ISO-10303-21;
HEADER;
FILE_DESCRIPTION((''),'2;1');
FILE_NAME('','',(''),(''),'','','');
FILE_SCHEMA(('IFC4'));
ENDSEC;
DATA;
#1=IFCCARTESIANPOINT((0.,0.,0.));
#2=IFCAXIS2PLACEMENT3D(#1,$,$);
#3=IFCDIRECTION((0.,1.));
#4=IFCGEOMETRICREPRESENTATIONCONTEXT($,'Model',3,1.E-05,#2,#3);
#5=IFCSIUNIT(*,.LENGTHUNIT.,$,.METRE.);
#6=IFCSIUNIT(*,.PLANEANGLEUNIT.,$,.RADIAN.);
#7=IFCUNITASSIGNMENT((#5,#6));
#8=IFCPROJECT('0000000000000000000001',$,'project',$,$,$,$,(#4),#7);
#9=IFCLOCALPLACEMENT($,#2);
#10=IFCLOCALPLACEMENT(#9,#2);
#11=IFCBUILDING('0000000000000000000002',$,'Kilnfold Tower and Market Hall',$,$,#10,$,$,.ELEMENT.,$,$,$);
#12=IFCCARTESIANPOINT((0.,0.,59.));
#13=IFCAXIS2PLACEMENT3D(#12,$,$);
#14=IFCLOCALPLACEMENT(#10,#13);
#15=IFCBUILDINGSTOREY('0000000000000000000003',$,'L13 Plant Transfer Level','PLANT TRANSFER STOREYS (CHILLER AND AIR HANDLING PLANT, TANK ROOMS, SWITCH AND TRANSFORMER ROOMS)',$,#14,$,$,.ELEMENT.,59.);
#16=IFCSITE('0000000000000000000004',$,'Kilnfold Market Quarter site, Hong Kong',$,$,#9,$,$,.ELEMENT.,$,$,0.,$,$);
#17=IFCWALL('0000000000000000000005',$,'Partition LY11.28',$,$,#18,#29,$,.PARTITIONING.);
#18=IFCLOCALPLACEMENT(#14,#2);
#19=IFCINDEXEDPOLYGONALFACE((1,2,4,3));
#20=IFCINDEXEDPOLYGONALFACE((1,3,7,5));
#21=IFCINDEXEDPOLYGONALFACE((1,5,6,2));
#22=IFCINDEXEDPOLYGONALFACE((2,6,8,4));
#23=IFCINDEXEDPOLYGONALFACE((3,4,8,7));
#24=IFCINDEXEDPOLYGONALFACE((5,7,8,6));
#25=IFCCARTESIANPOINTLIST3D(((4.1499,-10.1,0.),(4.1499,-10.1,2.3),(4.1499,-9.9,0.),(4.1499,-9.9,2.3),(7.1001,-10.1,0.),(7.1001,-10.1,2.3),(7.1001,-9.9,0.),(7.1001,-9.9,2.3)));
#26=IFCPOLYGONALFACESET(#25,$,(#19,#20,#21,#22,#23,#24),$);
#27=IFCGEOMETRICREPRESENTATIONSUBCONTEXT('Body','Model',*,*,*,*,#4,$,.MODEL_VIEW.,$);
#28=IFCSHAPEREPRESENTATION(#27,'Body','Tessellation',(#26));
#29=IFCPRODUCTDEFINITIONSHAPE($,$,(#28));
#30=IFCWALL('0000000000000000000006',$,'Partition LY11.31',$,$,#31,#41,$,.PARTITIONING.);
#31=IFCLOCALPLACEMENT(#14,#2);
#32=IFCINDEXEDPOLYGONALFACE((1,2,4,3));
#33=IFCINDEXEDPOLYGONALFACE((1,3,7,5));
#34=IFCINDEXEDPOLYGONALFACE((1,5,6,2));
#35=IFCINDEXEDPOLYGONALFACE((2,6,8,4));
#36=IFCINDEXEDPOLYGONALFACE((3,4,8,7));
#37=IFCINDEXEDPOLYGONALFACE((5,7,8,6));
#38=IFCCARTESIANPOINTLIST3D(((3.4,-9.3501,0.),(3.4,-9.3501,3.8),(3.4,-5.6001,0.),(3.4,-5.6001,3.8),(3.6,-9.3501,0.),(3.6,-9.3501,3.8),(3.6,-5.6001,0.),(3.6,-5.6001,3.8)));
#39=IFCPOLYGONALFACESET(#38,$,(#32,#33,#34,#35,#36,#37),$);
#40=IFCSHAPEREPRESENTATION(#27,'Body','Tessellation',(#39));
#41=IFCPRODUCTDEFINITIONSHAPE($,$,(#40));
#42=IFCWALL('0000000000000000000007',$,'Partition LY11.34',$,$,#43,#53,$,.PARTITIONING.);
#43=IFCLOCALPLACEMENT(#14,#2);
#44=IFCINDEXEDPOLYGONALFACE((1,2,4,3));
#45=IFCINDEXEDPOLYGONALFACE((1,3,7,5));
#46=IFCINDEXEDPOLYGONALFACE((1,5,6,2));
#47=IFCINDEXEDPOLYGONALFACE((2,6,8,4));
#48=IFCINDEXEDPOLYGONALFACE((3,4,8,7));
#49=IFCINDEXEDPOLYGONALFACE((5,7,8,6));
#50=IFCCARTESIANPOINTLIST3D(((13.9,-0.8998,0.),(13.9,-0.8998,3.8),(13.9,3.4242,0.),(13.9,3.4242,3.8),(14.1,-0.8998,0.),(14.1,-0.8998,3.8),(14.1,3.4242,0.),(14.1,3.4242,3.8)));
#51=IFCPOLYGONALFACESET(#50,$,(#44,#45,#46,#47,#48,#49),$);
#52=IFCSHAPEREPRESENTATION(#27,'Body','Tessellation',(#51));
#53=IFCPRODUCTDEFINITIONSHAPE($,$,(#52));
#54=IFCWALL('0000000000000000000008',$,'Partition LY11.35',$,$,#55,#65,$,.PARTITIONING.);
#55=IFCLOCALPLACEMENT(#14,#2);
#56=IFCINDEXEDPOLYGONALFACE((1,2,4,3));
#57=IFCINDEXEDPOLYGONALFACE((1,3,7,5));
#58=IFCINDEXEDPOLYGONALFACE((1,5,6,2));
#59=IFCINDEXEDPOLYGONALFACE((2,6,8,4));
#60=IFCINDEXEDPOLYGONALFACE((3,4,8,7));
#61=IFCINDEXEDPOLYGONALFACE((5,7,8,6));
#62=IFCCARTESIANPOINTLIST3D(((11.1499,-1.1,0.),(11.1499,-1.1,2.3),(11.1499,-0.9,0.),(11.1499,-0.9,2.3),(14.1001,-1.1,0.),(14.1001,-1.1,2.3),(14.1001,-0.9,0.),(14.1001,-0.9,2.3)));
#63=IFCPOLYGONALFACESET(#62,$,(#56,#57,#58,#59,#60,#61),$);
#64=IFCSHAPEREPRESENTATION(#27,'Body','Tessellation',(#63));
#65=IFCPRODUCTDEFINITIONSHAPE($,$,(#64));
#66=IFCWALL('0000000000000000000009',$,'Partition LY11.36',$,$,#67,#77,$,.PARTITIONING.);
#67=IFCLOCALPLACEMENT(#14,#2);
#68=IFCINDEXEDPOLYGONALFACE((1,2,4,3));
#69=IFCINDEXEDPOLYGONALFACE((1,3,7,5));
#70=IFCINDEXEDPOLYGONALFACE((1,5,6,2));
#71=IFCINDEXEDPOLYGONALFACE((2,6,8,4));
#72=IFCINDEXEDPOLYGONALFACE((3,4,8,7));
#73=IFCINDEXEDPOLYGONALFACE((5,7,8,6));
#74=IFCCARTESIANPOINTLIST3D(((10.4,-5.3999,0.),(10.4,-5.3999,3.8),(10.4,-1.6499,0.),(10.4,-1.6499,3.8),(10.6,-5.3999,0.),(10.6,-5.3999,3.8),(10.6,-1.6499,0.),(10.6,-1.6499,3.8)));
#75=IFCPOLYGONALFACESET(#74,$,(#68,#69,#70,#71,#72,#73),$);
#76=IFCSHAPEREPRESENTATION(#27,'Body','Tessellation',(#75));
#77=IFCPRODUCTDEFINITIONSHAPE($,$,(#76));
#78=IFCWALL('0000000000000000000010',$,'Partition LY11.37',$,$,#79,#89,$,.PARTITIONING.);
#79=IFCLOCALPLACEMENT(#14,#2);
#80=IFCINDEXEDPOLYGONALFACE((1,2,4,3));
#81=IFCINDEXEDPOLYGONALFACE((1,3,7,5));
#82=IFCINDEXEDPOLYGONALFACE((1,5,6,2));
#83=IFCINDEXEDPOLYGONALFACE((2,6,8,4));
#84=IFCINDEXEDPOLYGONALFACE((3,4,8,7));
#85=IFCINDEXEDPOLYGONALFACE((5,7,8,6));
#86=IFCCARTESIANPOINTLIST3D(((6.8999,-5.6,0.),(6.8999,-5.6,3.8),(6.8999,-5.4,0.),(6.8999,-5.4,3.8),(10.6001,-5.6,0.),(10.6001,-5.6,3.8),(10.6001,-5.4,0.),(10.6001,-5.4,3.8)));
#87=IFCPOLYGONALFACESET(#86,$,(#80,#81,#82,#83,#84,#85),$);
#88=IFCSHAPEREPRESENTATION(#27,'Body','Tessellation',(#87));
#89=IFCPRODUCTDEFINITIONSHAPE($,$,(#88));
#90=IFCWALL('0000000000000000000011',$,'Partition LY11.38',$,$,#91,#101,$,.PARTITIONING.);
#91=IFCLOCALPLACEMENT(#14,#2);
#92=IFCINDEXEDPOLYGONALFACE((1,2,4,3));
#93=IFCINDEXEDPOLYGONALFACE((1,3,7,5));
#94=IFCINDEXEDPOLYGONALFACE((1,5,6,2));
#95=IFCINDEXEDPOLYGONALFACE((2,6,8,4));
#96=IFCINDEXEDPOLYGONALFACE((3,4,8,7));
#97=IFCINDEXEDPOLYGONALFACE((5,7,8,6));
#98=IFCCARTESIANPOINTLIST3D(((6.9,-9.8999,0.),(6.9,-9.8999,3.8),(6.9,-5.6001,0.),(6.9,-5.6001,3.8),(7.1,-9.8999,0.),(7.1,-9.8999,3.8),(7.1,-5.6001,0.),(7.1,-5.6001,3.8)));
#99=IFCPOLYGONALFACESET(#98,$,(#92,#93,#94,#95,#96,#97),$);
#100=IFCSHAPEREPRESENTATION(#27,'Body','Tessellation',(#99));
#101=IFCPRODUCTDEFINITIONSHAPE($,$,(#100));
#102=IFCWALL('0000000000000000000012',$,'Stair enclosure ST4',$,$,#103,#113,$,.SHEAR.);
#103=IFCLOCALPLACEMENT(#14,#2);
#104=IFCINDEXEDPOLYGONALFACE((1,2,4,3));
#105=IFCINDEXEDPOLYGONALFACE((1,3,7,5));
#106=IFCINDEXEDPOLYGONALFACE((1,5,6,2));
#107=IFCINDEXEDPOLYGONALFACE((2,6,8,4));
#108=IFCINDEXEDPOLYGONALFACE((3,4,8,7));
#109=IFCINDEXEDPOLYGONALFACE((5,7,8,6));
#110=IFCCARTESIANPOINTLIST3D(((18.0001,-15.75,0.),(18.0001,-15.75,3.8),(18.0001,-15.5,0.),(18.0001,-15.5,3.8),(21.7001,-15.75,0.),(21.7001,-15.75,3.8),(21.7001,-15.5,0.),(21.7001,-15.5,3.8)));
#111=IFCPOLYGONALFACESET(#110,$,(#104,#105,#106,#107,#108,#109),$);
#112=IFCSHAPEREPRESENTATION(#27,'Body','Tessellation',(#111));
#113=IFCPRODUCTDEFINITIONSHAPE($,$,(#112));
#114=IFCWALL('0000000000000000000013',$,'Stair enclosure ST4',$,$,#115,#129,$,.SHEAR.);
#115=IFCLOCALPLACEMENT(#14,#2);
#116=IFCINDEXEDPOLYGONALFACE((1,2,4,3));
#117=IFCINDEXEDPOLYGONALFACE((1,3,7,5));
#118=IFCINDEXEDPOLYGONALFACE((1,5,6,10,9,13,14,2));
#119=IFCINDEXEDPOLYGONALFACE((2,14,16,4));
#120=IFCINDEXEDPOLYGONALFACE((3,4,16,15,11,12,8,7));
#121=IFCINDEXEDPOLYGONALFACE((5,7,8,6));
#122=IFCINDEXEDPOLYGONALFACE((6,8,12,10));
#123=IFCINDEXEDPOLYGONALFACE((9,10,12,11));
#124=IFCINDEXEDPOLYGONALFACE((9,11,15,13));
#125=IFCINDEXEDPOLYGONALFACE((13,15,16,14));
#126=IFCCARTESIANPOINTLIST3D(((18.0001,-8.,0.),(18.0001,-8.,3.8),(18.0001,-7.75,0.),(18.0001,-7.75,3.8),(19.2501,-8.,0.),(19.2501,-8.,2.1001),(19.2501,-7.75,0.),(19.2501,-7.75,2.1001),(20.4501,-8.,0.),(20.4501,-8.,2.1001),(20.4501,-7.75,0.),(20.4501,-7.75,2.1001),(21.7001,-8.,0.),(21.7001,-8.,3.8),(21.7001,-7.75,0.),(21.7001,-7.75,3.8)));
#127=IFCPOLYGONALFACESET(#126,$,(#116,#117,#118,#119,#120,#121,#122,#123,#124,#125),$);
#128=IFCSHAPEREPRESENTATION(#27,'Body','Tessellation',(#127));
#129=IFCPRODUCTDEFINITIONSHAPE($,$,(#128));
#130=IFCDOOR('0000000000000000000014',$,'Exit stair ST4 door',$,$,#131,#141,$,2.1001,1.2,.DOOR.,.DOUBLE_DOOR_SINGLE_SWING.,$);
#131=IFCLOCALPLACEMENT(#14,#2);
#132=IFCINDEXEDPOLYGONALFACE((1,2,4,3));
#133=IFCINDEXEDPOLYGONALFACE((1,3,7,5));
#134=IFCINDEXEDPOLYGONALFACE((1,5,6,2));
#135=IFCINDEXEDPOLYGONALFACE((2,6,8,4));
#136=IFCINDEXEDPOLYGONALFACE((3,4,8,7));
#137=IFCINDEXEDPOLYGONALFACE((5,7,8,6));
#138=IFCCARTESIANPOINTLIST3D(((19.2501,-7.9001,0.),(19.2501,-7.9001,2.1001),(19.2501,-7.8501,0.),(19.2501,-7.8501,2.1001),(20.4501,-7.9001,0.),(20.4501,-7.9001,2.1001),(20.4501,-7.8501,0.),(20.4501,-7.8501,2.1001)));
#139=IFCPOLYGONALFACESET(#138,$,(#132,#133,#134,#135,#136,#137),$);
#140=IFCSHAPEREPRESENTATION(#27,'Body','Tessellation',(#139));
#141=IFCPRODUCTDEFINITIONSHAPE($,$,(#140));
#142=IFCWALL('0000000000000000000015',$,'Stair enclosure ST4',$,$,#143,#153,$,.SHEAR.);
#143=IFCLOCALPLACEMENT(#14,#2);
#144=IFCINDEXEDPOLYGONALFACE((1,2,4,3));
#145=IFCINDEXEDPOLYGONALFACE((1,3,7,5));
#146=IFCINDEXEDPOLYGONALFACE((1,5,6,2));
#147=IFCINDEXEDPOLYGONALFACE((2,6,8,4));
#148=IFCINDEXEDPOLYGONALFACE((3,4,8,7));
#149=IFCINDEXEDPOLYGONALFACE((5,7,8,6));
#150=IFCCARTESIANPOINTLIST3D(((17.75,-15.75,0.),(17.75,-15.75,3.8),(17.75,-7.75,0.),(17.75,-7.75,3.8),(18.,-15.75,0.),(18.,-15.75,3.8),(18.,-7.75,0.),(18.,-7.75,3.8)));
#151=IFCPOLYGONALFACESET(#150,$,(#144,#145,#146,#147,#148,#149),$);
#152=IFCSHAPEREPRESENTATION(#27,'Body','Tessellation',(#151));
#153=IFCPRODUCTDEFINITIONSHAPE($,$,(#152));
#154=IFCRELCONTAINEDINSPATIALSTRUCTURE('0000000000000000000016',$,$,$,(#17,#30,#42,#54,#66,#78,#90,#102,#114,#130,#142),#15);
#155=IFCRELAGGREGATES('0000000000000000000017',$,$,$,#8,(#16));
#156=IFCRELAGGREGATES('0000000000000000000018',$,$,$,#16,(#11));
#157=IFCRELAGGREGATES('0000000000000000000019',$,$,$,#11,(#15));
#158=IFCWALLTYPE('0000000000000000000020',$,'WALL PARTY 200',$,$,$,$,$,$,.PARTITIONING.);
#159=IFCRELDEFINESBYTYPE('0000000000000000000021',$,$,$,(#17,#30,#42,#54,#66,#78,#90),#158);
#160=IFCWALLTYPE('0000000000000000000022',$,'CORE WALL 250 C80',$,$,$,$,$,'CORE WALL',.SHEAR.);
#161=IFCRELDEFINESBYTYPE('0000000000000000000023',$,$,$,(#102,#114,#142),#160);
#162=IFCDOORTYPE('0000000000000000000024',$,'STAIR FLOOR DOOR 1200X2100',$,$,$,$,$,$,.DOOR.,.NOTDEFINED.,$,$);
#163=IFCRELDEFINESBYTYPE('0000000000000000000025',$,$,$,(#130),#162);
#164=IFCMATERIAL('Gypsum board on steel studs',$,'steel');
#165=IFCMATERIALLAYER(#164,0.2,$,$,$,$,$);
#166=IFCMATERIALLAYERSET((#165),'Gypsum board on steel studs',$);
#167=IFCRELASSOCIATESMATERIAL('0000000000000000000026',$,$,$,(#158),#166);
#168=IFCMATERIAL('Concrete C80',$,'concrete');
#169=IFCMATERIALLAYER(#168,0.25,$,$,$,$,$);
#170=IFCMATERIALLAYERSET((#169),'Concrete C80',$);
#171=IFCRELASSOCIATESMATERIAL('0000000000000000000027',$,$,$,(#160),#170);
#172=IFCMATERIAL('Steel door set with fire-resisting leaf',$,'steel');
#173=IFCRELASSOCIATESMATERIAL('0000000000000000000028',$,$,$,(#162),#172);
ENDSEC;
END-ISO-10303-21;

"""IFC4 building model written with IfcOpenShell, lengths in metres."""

from ifc_helpers import new_model, si_unit, direction, frame, frame_2d, origin, place, context, subcontext, project, spatial, rectangle, extrude, source, transform, mapped, material, layer, layer_set, type_object, element, fill, save


model = new_model("IFC4")

# Units and contexts
model_context = context("Model", 3, precision=1e-05, world=origin(), true_north=direction((0.0, 1.0)))
body_context = subcontext(model_context, "Body", "Model", "MODEL_VIEW")
ifc_project = project(units=[si_unit("LENGTHUNIT", "METRE"), si_unit("PLANEANGLEUNIT", "RADIAN")], contexts=[model_context])

# Site, building, storey
site_placement = place(None, origin())
site = spatial("IfcSite", under=ifc_project, at=site_placement, Name="Kilnfold Market Quarter site, Hong Kong", CompositionType="ELEMENT", RefElevation=0.0)
building_placement = place(site_placement, origin())
building = spatial("IfcBuilding", under=site, at=building_placement, Name="Kilnfold Tower and Market Hall", CompositionType="ELEMENT")
storey_placement = place(building_placement, frame((0.0, 0.0, 59.0)))
storey = spatial("IfcBuildingStorey", under=building, at=storey_placement, Name="L13 Plant Transfer Level", Description="PLANT TRANSFER STOREYS (CHILLER AND AIR HANDLING PLANT, TANK ROOMS, SWITCH AND TRANSFORMER ROOMS)", CompositionType="ELEMENT", Elevation=59.0)

# Walls
ifc_material_1 = material(Name="Gypsum board on steel studs", Category="steel")
ifc_layer_1 = layer(ifc_material_1, 0.2)
ifc_layer_set_1 = layer_set([ifc_layer_1], Name="Gypsum board on steel studs")
wall_type_1 = type_object("IfcWallType", Name="WALL PARTY 200", PredefinedType="PARTITIONING", material=ifc_layer_set_1)
wall_1_placement = place(storey_placement, frame((4.1499, -10.0, 0.0), z_axis=(0.0, 0.0, 1.0), x_axis=(1.0, 0.0, 0.0)))
element("IfcWall", 1, at=wall_1_placement, inside=storey, type_object=wall_type_1, Name="Partition LY11.28", PredefinedType="PARTITIONING", context=body_context, shape_type="SweptSolid", body=[
    extrude(rectangle(XDim=2.9502, YDim=0.2, at=frame_2d((1.4751, 0.0))), origin(), (0.0, 0.0, 1.0), 2.3),
])
wall_2_placement = place(storey_placement, frame((3.5, -9.3501, 0.0), z_axis=(0.0, 0.0, 1.0), x_axis=(0.0, 1.0, 0.0)))
element("IfcWall", 2, at=wall_2_placement, inside=storey, type_object=wall_type_1, Name="Partition LY11.31", PredefinedType="PARTITIONING", context=body_context, shape_type="SweptSolid", body=[
    extrude(rectangle(XDim=3.75, YDim=0.2, at=frame_2d((1.875, 0.0))), origin(), (0.0, 0.0, 1.0), 3.8),
])
wall_3_placement = place(storey_placement, frame((14.0, -0.8999, 0.0), z_axis=(0.0, 0.0, 1.0), x_axis=(0.0, 1.0, 0.0)))
element("IfcWall", 3, at=wall_3_placement, inside=storey, type_object=wall_type_1, Name="Partition LY11.34", PredefinedType="PARTITIONING", context=body_context, shape_type="SweptSolid", body=[
    extrude(rectangle(XDim=4.324, YDim=0.2, at=frame_2d((2.1621, 0.0))), origin(), (0.0, 0.0, 1.0), 3.8),
])
wall_4_placement = place(storey_placement, frame((11.1499, -1.0, 0.0), z_axis=(0.0, 0.0, 1.0), x_axis=(1.0, 0.0, 0.0)))
element("IfcWall", 4, at=wall_4_placement, inside=storey, type_object=wall_type_1, Name="Partition LY11.35", PredefinedType="PARTITIONING", context=body_context, shape_type="SweptSolid", body=[
    extrude(rectangle(XDim=2.9502, YDim=0.2, at=frame_2d((1.4751, 0.0))), origin(), (0.0, 0.0, 1.0), 2.3),
])
wall_5_placement = place(storey_placement, frame((10.5, -5.3999, 0.0), z_axis=(0.0, 0.0, 1.0), x_axis=(0.0, 1.0, 0.0)))
element("IfcWall", 5, at=wall_5_placement, inside=storey, type_object=wall_type_1, Name="Partition LY11.36", PredefinedType="PARTITIONING", context=body_context, shape_type="SweptSolid", body=[
    extrude(rectangle(XDim=3.75, YDim=0.2, at=frame_2d((1.875, 0.0))), origin(), (0.0, 0.0, 1.0), 3.8),
])
wall_6_placement = place(storey_placement, frame((6.8999, -5.5, 0.0), z_axis=(0.0, 0.0, 1.0), x_axis=(1.0, 0.0, 0.0)))
element("IfcWall", 6, at=wall_6_placement, inside=storey, type_object=wall_type_1, Name="Partition LY11.37", PredefinedType="PARTITIONING", context=body_context, shape_type="SweptSolid", body=[
    extrude(rectangle(XDim=3.7002, YDim=0.2, at=frame_2d((1.8501, 0.0))), origin(), (0.0, 0.0, 1.0), 3.8),
])
wall_7_placement = place(storey_placement, frame((7.0, -9.8999, 0.0), z_axis=(0.0, 0.0, 1.0), x_axis=(0.0, 1.0, 0.0)))
element("IfcWall", 7, at=wall_7_placement, inside=storey, type_object=wall_type_1, Name="Partition LY11.38", PredefinedType="PARTITIONING", context=body_context, shape_type="SweptSolid", body=[
    extrude(rectangle(XDim=4.2998, YDim=0.2, at=frame_2d((2.1499, 0.0))), origin(), (0.0, 0.0, 1.0), 3.8),
])
ifc_material_2 = material(Name="Concrete C80", Category="concrete")
ifc_layer_2 = layer(ifc_material_2, 0.25)
ifc_layer_set_2 = layer_set([ifc_layer_2], Name="Concrete C80")
wall_type_2 = type_object("IfcWallType", Name="CORE WALL 250 C80", ElementType="CORE WALL", PredefinedType="SHEAR", material=ifc_layer_set_2)
shared_shape_1 = source(origin(), body_context, "Body", "SweptSolid", [
    extrude(rectangle(XDim=3.7, YDim=0.25, at=frame_2d((1.8501, 0.0))), origin(), (0.0, 0.0, 1.0), 3.8),
])
wall_8_placement = place(storey_placement, frame((18.0, -15.625, 0.0), z_axis=(0.0, 0.0, 1.0), x_axis=(1.0, 0.0, 0.0)))
element("IfcWall", 8, at=wall_8_placement, inside=storey, type_object=wall_type_2, Name="Stair enclosure ST4", PredefinedType="SHEAR", context=body_context, shape_type="MappedRepresentation", body=[
    mapped(shared_shape_1, transform((0.0, 0.0, 0.0))),
])

# Wall, opening, door
wall_9_placement = place(storey_placement, frame((18.0, -7.875, 0.0), z_axis=(0.0, 0.0, 1.0), x_axis=(1.0, 0.0, 0.0)))
wall_9 = element("IfcWall", 9, at=wall_9_placement, inside=storey, type_object=wall_type_2, Name="Stair enclosure ST4", PredefinedType="SHEAR", context=body_context, shape_type="MappedRepresentation", body=[
    mapped(shared_shape_1, transform((0.0, 0.0, 0.0))),
])
opening_1_placement = place(wall_9_placement, frame((1.25, 0.0, 0.0)))
opening_1 = element("IfcOpeningElement", 10, at=opening_1_placement, cuts=wall_9, PredefinedType="OPENING", context=body_context, shape_type="SweptSolid", body=[
    extrude(rectangle(XDim=1.2, YDim=2.1001, at=frame_2d((0.6001, 1.05))), frame((0.0, 0.135, 0.0), z_axis=(0.0, -1.0, 0.0), x_axis=(1.0, 0.0, 0.0)), (0.0, 0.0, 1.0), 0.27),
])
ifc_material_3 = material(Name="Steel door set with fire-resisting leaf", Category="steel")
door_type_1 = type_object("IfcDoorType", Name="STAIR FLOOR DOOR 1200X2100", OperationType="NOTDEFINED", PredefinedType="DOOR", material=ifc_material_3)
door_1_placement = place(opening_1_placement, origin())
door_1 = element("IfcDoor", 11, at=door_1_placement, inside=storey, type_object=door_type_1, Name="Exit stair ST4 door", OperationType="DOUBLE_DOOR_SINGLE_SWING", OverallHeight=2.1001, OverallWidth=1.2, PredefinedType="DOOR", context=body_context, shape_type="SweptSolid", body=[
    extrude(rectangle(XDim=1.2, YDim=2.1001, at=frame_2d((0.6001, 1.05))), frame((0.0, 0.0249, 0.0), z_axis=(0.0, -1.0, 0.0), x_axis=(1.0, 0.0, 0.0)), (0.0, 0.0, 1.0), 0.05),
])
fill(opening_1, door_1)

# Wall
shared_shape_2 = source(origin(), body_context, "Body", "SweptSolid", [
    extrude(rectangle(XDim=8.0, YDim=0.25, at=frame_2d((4.0, 0.0))), origin(), (0.0, 0.0, 1.0), 3.8),
])
wall_10_placement = place(storey_placement, frame((17.875, -15.75, 0.0), z_axis=(0.0, 0.0, 1.0), x_axis=(0.0, 1.0, 0.0)))
element("IfcWall", 12, at=wall_10_placement, inside=storey, type_object=wall_type_2, Name="Stair enclosure ST4", PredefinedType="SHEAR", context=body_context, shape_type="MappedRepresentation", body=[
    mapped(shared_shape_2, transform((0.0, 0.0, 0.0))),
])

save(model, "model.ifc")
